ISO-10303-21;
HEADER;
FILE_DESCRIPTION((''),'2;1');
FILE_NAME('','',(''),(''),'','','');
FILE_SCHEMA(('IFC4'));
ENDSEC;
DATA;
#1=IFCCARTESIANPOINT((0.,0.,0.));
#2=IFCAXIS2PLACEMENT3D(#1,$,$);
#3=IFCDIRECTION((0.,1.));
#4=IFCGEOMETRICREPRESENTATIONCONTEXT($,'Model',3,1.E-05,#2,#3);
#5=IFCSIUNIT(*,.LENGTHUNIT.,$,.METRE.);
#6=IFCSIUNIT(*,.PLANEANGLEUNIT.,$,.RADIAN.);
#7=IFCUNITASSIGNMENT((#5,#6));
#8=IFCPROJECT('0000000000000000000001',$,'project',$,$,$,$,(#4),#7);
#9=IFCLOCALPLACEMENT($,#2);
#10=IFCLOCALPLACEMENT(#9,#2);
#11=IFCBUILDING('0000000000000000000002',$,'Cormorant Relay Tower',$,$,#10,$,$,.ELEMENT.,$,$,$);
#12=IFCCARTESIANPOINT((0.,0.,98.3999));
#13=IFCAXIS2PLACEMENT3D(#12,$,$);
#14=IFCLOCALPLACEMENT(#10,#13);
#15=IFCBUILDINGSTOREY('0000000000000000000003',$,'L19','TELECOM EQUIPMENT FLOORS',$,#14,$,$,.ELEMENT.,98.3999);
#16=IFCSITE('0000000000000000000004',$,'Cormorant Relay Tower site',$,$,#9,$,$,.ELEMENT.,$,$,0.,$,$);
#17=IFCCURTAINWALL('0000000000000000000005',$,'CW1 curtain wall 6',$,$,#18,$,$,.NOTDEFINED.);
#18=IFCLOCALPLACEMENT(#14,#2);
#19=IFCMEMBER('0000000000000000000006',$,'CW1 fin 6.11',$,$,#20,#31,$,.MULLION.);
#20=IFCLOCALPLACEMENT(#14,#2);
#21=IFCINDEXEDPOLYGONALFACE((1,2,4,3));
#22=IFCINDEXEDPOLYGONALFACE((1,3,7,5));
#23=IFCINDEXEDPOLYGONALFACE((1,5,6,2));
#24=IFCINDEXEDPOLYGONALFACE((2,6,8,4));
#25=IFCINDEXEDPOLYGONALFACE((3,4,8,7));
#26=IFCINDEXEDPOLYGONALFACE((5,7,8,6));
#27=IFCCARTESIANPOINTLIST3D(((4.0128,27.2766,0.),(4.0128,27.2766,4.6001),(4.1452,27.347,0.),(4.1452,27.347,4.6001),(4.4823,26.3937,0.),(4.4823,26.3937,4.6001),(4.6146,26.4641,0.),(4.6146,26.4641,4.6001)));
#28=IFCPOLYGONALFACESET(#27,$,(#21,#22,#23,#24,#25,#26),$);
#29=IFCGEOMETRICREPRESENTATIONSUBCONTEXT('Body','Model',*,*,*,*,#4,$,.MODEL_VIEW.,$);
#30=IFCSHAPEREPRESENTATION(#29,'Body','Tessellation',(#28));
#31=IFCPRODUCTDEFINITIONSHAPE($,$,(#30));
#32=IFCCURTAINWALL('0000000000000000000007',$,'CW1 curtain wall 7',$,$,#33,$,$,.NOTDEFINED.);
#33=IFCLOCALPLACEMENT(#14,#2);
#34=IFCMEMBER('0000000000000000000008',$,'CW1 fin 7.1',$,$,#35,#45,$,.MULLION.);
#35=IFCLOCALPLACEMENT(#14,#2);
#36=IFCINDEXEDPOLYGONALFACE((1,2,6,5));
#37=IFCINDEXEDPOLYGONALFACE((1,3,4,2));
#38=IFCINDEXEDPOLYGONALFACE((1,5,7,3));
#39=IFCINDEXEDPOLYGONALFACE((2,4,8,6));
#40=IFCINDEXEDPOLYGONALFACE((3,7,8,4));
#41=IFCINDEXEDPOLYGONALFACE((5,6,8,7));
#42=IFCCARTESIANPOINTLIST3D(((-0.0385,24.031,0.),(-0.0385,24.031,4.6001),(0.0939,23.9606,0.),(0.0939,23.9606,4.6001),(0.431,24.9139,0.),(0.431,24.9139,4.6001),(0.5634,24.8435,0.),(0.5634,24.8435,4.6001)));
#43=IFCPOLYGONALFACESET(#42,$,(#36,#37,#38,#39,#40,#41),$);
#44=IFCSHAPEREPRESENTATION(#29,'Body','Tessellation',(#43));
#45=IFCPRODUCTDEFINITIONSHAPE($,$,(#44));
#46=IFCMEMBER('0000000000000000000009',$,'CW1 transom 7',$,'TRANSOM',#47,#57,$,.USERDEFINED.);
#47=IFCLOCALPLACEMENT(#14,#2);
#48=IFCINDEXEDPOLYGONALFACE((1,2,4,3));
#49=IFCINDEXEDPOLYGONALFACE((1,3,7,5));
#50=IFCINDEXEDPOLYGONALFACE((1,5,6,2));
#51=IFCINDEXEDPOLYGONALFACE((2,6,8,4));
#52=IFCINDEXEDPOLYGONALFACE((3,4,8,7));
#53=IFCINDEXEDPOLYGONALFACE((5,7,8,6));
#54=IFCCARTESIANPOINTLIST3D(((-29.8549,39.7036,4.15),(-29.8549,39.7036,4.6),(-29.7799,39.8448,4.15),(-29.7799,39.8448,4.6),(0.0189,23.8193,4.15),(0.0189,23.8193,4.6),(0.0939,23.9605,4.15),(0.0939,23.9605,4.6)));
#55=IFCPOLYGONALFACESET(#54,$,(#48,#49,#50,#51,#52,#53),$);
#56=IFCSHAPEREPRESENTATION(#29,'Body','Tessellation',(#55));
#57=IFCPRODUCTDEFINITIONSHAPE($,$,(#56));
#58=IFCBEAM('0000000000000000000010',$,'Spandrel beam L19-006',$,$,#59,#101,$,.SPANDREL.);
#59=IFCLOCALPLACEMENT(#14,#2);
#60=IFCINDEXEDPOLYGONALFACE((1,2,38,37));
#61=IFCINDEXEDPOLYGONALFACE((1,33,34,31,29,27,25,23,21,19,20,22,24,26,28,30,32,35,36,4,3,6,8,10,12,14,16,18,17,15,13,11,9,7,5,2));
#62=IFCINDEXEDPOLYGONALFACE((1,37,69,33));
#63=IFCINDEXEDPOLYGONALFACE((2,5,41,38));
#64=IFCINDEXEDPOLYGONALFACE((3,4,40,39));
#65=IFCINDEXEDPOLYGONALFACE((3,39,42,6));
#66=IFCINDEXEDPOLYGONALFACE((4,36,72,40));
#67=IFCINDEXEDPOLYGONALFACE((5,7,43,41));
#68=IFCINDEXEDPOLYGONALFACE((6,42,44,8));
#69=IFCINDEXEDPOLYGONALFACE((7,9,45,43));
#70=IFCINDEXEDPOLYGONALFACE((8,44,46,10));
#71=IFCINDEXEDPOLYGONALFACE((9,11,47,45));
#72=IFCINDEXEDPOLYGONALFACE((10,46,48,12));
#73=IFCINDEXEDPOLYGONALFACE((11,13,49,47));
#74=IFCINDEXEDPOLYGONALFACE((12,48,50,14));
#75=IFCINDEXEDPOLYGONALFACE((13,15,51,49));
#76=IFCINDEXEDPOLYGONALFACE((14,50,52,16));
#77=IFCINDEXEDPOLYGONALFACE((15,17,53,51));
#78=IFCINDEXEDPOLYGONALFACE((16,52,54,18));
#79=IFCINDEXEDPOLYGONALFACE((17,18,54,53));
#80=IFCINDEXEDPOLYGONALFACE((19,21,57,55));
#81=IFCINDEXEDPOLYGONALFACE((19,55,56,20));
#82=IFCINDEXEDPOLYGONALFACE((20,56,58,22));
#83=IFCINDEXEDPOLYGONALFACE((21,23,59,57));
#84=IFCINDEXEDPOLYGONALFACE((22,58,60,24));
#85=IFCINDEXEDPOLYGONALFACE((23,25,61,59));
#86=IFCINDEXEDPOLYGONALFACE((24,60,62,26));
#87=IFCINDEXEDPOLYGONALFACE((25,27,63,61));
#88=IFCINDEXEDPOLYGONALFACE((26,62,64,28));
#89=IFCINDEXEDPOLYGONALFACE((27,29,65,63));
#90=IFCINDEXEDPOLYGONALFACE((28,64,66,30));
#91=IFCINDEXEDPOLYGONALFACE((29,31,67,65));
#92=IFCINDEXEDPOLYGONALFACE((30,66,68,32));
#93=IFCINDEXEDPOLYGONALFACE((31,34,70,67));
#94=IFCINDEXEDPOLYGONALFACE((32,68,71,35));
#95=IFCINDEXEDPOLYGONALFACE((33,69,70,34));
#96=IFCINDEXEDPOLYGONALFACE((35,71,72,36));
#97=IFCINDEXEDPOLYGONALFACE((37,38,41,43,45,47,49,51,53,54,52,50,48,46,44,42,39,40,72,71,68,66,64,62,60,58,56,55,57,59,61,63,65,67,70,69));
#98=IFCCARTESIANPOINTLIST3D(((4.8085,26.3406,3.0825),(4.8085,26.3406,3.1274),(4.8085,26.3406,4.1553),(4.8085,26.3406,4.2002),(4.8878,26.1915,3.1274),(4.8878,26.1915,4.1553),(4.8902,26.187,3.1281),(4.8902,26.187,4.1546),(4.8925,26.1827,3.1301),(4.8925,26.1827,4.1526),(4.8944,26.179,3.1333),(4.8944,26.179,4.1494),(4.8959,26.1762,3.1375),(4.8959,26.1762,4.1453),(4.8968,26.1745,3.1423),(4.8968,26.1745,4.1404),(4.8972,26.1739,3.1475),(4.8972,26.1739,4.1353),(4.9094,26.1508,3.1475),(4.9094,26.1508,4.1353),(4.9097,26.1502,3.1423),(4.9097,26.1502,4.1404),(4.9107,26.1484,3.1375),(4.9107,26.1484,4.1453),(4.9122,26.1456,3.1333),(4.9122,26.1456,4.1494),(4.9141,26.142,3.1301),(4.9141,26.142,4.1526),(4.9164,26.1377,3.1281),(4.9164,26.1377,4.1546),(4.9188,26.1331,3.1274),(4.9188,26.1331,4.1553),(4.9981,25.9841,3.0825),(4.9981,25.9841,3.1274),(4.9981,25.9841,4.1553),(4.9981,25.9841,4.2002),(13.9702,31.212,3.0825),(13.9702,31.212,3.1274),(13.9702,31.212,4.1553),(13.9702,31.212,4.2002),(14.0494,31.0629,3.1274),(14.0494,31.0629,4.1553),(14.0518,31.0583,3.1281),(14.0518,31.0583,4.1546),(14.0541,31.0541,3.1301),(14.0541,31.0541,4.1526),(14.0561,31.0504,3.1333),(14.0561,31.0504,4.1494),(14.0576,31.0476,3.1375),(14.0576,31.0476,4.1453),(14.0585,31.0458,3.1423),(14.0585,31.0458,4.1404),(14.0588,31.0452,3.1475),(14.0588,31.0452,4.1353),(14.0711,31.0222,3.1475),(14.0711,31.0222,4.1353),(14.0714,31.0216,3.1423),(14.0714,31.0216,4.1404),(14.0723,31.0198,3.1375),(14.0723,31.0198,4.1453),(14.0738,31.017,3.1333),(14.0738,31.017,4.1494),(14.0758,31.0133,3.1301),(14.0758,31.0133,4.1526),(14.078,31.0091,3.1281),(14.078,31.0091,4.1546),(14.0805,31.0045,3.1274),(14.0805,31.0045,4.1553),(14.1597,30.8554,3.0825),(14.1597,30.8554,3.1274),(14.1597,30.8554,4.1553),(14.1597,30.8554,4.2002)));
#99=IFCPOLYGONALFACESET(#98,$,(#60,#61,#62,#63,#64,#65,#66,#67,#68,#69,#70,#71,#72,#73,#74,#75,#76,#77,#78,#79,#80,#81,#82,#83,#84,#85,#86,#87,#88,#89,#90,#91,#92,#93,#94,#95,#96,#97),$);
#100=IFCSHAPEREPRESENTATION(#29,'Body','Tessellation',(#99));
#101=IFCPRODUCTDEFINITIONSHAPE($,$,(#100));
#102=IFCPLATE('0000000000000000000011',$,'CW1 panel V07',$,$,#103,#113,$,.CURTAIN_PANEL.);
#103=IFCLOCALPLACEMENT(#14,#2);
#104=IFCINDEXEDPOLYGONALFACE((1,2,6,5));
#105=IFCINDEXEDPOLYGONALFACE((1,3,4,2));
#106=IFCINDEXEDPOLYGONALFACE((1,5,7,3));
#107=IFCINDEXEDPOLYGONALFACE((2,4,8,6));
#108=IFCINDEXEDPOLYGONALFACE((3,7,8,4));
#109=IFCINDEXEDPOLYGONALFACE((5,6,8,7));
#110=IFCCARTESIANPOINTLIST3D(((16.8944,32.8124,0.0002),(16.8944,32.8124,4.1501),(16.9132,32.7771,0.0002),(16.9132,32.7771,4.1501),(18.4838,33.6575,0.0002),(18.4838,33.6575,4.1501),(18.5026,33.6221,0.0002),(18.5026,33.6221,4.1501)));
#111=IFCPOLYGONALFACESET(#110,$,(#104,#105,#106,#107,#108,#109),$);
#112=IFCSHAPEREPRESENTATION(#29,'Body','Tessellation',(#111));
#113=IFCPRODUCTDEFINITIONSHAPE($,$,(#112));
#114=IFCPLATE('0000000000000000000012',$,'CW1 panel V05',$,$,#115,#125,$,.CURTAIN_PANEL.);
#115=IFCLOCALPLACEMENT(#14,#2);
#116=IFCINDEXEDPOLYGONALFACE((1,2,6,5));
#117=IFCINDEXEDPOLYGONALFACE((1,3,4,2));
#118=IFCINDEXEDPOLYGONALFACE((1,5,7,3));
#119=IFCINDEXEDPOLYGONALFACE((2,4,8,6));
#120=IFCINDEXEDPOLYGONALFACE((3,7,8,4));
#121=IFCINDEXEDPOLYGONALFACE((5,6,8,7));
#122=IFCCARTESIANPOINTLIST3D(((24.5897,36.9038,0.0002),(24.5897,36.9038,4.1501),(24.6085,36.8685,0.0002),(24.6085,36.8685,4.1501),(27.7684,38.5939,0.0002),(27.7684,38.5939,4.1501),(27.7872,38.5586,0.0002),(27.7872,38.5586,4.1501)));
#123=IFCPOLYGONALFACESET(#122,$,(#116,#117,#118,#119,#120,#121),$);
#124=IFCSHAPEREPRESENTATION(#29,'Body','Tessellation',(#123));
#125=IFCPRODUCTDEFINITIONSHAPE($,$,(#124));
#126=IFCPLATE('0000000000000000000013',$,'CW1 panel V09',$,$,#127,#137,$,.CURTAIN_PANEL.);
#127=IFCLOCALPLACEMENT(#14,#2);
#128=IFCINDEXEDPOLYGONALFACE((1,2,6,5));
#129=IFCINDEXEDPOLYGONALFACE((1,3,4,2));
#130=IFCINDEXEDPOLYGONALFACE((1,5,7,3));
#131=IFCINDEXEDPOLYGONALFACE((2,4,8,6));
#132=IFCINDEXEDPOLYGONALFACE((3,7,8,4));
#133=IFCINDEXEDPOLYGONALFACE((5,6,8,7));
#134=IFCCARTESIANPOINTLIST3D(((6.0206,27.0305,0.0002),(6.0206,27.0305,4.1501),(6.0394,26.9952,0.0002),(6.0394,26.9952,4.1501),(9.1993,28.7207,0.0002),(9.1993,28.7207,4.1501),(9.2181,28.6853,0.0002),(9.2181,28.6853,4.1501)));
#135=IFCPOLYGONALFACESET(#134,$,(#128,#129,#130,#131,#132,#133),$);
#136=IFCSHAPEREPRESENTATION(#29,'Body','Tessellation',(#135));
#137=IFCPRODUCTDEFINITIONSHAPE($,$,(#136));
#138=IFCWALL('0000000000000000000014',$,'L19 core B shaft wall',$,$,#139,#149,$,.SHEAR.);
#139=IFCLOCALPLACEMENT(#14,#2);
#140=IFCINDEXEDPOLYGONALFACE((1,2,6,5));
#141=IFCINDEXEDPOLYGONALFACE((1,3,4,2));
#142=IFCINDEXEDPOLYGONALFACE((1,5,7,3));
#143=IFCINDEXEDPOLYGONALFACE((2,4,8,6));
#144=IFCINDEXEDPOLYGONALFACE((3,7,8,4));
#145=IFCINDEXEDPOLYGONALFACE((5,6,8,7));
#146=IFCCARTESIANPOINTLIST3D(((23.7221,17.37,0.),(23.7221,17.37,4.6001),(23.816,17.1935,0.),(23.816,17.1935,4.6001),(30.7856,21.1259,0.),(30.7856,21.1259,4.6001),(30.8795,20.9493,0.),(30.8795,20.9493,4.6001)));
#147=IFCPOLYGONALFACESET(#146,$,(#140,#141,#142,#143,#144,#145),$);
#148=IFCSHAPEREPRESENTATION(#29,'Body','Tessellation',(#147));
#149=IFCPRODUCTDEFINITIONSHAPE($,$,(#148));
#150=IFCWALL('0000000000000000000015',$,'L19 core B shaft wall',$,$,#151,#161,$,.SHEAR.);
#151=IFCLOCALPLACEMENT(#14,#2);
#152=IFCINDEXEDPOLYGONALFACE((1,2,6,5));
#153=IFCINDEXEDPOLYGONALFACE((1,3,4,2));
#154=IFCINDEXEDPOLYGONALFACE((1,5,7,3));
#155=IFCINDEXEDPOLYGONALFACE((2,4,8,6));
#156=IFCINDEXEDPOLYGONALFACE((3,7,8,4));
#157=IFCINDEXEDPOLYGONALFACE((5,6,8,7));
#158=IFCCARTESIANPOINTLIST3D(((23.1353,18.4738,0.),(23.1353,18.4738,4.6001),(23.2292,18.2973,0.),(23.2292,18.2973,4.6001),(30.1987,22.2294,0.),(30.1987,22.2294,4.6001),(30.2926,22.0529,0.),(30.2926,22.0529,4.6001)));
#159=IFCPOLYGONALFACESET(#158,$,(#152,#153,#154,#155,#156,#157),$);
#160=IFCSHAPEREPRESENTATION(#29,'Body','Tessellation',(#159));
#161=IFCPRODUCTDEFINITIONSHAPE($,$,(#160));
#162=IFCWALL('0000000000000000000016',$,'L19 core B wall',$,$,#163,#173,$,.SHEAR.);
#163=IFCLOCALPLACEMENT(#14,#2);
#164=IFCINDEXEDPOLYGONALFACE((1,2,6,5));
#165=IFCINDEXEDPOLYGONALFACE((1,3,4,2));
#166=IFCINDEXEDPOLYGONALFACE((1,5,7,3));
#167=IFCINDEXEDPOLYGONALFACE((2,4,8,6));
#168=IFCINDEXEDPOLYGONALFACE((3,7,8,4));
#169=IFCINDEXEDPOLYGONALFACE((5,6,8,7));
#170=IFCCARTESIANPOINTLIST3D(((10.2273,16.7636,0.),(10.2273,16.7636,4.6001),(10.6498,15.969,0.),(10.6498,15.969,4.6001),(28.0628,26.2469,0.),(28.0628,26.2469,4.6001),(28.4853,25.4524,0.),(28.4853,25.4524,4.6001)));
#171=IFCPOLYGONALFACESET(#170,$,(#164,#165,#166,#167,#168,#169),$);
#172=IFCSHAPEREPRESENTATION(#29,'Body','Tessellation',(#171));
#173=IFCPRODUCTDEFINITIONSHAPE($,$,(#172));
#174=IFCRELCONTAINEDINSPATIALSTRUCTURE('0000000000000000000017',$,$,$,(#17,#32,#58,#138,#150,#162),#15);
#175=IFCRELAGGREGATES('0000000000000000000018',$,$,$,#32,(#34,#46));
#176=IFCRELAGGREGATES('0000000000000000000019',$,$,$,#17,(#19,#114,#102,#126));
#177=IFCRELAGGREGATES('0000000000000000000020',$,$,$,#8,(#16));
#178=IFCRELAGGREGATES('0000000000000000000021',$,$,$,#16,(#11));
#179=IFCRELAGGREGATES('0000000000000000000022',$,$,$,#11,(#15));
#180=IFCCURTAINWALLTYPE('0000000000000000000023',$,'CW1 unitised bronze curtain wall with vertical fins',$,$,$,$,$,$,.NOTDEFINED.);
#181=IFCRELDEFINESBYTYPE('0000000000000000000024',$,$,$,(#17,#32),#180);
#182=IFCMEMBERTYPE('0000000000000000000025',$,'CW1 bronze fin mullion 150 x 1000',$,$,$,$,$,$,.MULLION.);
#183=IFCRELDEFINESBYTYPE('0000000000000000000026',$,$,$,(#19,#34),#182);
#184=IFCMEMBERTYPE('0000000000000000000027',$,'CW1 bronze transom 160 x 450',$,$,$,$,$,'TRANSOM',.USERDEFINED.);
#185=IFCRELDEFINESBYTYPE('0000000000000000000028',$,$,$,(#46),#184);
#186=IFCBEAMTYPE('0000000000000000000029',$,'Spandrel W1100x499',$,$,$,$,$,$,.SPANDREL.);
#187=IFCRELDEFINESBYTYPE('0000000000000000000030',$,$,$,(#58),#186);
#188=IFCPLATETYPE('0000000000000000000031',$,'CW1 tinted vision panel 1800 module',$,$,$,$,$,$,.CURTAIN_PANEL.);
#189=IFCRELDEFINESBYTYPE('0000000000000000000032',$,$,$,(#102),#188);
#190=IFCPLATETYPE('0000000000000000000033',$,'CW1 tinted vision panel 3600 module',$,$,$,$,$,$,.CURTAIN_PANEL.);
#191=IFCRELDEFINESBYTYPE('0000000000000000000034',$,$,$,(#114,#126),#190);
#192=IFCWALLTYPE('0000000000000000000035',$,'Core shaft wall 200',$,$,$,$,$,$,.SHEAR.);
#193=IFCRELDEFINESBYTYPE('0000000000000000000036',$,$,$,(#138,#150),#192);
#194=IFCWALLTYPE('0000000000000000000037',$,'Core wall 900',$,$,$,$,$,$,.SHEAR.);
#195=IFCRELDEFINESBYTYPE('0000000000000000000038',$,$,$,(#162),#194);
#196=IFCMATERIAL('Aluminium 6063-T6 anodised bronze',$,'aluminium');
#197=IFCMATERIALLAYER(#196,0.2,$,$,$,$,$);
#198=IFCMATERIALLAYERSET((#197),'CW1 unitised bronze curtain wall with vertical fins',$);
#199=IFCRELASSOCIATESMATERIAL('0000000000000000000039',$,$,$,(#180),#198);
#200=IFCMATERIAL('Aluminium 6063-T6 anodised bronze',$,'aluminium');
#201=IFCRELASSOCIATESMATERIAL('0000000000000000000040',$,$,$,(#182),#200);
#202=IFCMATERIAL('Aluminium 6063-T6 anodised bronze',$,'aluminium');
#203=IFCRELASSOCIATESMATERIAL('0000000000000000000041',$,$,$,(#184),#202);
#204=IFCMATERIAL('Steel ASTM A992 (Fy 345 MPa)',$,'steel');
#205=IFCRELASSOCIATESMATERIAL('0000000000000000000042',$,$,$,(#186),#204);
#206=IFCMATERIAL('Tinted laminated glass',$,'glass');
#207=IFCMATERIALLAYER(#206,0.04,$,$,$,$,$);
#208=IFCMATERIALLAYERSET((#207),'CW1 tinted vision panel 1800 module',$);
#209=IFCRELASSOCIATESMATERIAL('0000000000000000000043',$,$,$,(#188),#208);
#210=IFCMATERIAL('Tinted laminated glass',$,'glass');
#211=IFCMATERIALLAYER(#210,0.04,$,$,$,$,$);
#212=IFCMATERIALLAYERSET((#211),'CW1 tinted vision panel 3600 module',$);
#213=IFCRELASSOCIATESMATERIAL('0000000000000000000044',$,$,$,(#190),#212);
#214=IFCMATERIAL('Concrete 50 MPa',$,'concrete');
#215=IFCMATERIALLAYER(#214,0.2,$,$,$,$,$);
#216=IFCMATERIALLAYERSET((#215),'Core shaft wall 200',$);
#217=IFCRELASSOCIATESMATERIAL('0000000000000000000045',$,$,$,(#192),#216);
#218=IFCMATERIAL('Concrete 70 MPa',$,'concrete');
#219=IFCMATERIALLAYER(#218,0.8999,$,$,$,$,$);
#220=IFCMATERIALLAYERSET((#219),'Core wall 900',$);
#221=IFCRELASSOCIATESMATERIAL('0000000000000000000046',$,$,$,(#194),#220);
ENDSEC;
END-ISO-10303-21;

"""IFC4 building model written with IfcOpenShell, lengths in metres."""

from ifc_helpers import new_model, si_unit, direction, frame, frame_2d, origin, origin_2d, place, context, subcontext, project, spatial, rectangle, i_section, extrude, material, layer, layer_set, material_profile, profile_set, type_object, element, aggregate, save


model = new_model("IFC4")

# Units and contexts
model_context = context("Model", 3, precision=1e-05, world=origin(), true_north=direction((0.0, 1.0)))
body_context = subcontext(model_context, "Body", "Model", "MODEL_VIEW")
ifc_project = project(units=[si_unit("LENGTHUNIT", "METRE"), si_unit("PLANEANGLEUNIT", "RADIAN")], contexts=[model_context])

# Site, building, storey
site_placement = place(None, origin())
site = spatial("IfcSite", under=ifc_project, at=site_placement, Name="Cormorant Relay Tower site", CompositionType="ELEMENT", RefElevation=0.0)
building_placement = place(site_placement, origin())
building = spatial("IfcBuilding", under=site, at=building_placement, Name="Cormorant Relay Tower", CompositionType="ELEMENT")
storey_placement = place(building_placement, frame((0.0, 0.0, 98.3999)))
storey = spatial("IfcBuildingStorey", under=building, at=storey_placement, Name="L19", Description="TELECOM EQUIPMENT FLOORS", CompositionType="ELEMENT", Elevation=98.3999)

# Curtain walls, members
ifc_material_1 = material(Name="Aluminium 6063-T6 anodised bronze", Category="aluminium")
ifc_layer_1 = layer(ifc_material_1, 0.2)
ifc_layer_set_1 = layer_set([ifc_layer_1], Name="CW1 unitised bronze curtain wall with vertical fins")
curtain_wall_type = type_object("IfcCurtainWallType", Name="CW1 unitised bronze curtain wall with vertical fins", PredefinedType="NOTDEFINED", material=ifc_layer_set_1)
curtain_wall_1_placement = place(storey_placement, origin())
curtain_wall_1 = element("IfcCurtainWall", 1, at=curtain_wall_1_placement, inside=storey, type_object=curtain_wall_type, Name="CW1 curtain wall 6", PredefinedType="NOTDEFINED")
ifc_material_2 = material(Name="Aluminium 6063-T6 anodised bronze", Category="aluminium")
ifc_material_profile_1 = material_profile(ifc_material_2, rectangle(XDim=0.1499, YDim=1.0, at=origin_2d()), Name="AL 150x1000")
ifc_profile_set_1 = profile_set([ifc_material_profile_1], Name="Aluminium 6063-T6 anodised bronze")
member_type_1 = type_object("IfcMemberType", Name="CW1 bronze fin mullion 150 x 1000", PredefinedType="MULLION", material=ifc_profile_set_1)
member_1_placement = place(storey_placement, frame((4.3137, 26.8704, 0.0), z_axis=(0.0, 0.0, 1.0), x_axis=(-0.882948, -0.469472, 0.0)))
member_1 = element("IfcMember", 2, at=member_1_placement, type_object=member_type_1, Name="CW1 fin 6.11", PredefinedType="MULLION", context=body_context, shape_type="SweptSolid", body=[
    extrude(rectangle(XDim=0.1499, YDim=1.0, at=origin_2d()), origin(), (0.0, 0.0, 1.0), 4.6001),
])
curtain_wall_2_placement = place(storey_placement, origin())
curtain_wall_2 = element("IfcCurtainWall", 3, at=curtain_wall_2_placement, inside=storey, type_object=curtain_wall_type, Name="CW1 curtain wall 7", PredefinedType="NOTDEFINED")
member_2_placement = place(storey_placement, frame((0.2625, 24.4373, 0.0), z_axis=(0.0, 0.0, 1.0), x_axis=(-0.882948, 0.469472, 0.0)))
member_2 = element("IfcMember", 4, at=member_2_placement, type_object=member_type_1, Name="CW1 fin 7.1", PredefinedType="MULLION", context=body_context, shape_type="SweptSolid", body=[
    extrude(rectangle(XDim=0.1499, YDim=1.0, at=origin_2d()), origin(), (0.0, 0.0, 1.0), 4.6001),
])
ifc_material_3 = material(Name="Aluminium 6063-T6 anodised bronze", Category="aluminium")
ifc_material_profile_2 = material_profile(ifc_material_3, rectangle(XDim=0.1599, YDim=0.45, at=origin_2d()), Name="AL 160x450")
ifc_profile_set_2 = profile_set([ifc_material_profile_2], Name="Aluminium 6063-T6 anodised bronze")
member_type_2 = type_object("IfcMemberType", Name="CW1 bronze transom 160 x 450", ElementType="TRANSOM", PredefinedType="USERDEFINED", material=ifc_profile_set_2)
member_3_placement = place(storey_placement, frame((0.0564, 23.8899, 4.375), z_axis=(-0.882946, 0.469474, 0.0), x_axis=(-0.469474, -0.882946, 0.0)))
member_3 = element("IfcMember", 5, at=member_3_placement, type_object=member_type_2, Name="CW1 transom 7", ObjectType="TRANSOM", PredefinedType="USERDEFINED", context=body_context, shape_type="SweptSolid", body=[
    extrude(rectangle(XDim=0.1599, YDim=0.45, at=origin_2d()), origin(), (0.0, 0.0, 1.0), 33.8342),
])
aggregate(curtain_wall_2, [member_2, member_3])

# Beam
ifc_material_4 = material(Name="Steel ASTM A992 (Fy 345 MPa)", Category="steel")
ifc_material_profile_3 = material_profile(ifc_material_4, i_section(OverallWidth=0.4038, OverallDepth=1.1177, WebThickness=0.0261, FlangeThickness=0.0449, FilletRadius=0.02, at=origin_2d()), Name="W1100x499")
ifc_profile_set_3 = profile_set([ifc_material_profile_3], Name="Steel ASTM A992 (Fy 345 MPa)")
beam_type = type_object("IfcBeamType", Name="Spandrel W1100x499", PredefinedType="SPANDREL", material=ifc_profile_set_3)
beam_placement = place(storey_placement, frame((14.0649, 31.0337, 3.6414), z_axis=(-0.882947, -0.469473, 0.0), x_axis=(0.469473, -0.882947, 0.0)))
element("IfcBeam", 6, at=beam_placement, inside=storey, type_object=beam_type, Name="Spandrel beam L19-006", PredefinedType="SPANDREL", context=body_context, shape_type="SweptSolid", body=[
    extrude(i_section(OverallWidth=0.4038, OverallDepth=1.1177, WebThickness=0.0261, FlangeThickness=0.0449, FilletRadius=0.02, at=origin_2d()), origin(), (0.0, 0.0, 1.0), 10.3762),
])

# Plates
ifc_material_5 = material(Name="Tinted laminated glass", Category="glass")
ifc_layer_2 = layer(ifc_material_5, 0.04)
ifc_layer_set_2 = layer_set([ifc_layer_2], Name="CW1 tinted vision panel 1800 module")
plate_type_1 = type_object("IfcPlateType", Name="CW1 tinted vision panel 1800 module", PredefinedType="CURTAIN_PANEL", material=ifc_layer_set_2)
plate_1_placement = place(storey_placement, frame((17.6985, 33.2173, 0.0002), z_axis=(0.0, 0.0, 1.0), x_axis=(-0.882948, -0.469472, 0.0)))
plate_1 = element("IfcPlate", 7, at=plate_1_placement, type_object=plate_type_1, Name="CW1 panel V07", PredefinedType="CURTAIN_PANEL", context=body_context, shape_type="SweptSolid", body=[
    extrude(rectangle(XDim=1.8, YDim=0.04, at=origin_2d()), origin(), (0.0, 0.0, 1.0), 4.1499),
])
ifc_material_6 = material(Name="Tinted laminated glass", Category="glass")
ifc_layer_3 = layer(ifc_material_6, 0.04)
ifc_layer_set_3 = layer_set([ifc_layer_3], Name="CW1 tinted vision panel 3600 module")
plate_type_2 = type_object("IfcPlateType", Name="CW1 tinted vision panel 3600 module", PredefinedType="CURTAIN_PANEL", material=ifc_layer_set_3)
plate_2_placement = place(storey_placement, frame((26.1885, 37.7312, 0.0002), z_axis=(0.0, 0.0, 1.0), x_axis=(-0.882948, -0.469472, 0.0)))
plate_2 = element("IfcPlate", 8, at=plate_2_placement, type_object=plate_type_2, Name="CW1 panel V05", PredefinedType="CURTAIN_PANEL", context=body_context, shape_type="SweptSolid", body=[
    extrude(rectangle(XDim=3.6001, YDim=0.04, at=origin_2d()), origin(), (0.0, 0.0, 1.0), 4.1499),
])
plate_3_placement = place(storey_placement, frame((7.6194, 27.8579, 0.0002), z_axis=(0.0, 0.0, 1.0), x_axis=(-0.882948, -0.469472, 0.0)))
plate_3 = element("IfcPlate", 9, at=plate_3_placement, type_object=plate_type_2, Name="CW1 panel V09", PredefinedType="CURTAIN_PANEL", context=body_context, shape_type="SweptSolid", body=[
    extrude(rectangle(XDim=3.6001, YDim=0.04, at=origin_2d()), origin(), (0.0, 0.0, 1.0), 4.1499),
])

# Walls
ifc_material_7 = material(Name="Concrete 50 MPa", Category="concrete")
ifc_layer_4 = layer(ifc_material_7, 0.2)
ifc_layer_set_4 = layer_set([ifc_layer_4], Name="Core shaft wall 200")
wall_type_1 = type_object("IfcWallType", Name="Core shaft wall 200", PredefinedType="SHEAR", material=ifc_layer_set_4)
wall_1_placement = place(storey_placement, frame((23.769, 17.2817, 0.0), z_axis=(0.0, 0.0, 1.0), x_axis=(0.88294, 0.469485, 0.0)))
element("IfcWall", 10, at=wall_1_placement, inside=storey, type_object=wall_type_1, Name="L19 core B shaft wall", PredefinedType="SHEAR", context=body_context, shape_type="SweptSolid", body=[
    extrude(rectangle(XDim=8.0, YDim=0.2, at=frame_2d((4.0, 0.0))), origin(), (0.0, 0.0, 1.0), 4.6001),
])
wall_2_placement = place(storey_placement, frame((23.1821, 18.3855, 0.0), z_axis=(0.0, 0.0, 1.0), x_axis=(0.882953, 0.469462, 0.0)))
element("IfcWall", 11, at=wall_2_placement, inside=storey, type_object=wall_type_1, Name="L19 core B shaft wall", PredefinedType="SHEAR", context=body_context, shape_type="SweptSolid", body=[
    extrude(rectangle(XDim=7.9998, YDim=0.2, at=frame_2d((4.0, 0.0))), origin(), (0.0, 0.0, 1.0), 4.6001),
])
ifc_material_8 = material(Name="Concrete 70 MPa", Category="concrete")
ifc_layer_5 = layer(ifc_material_8, 0.8999)
ifc_layer_set_5 = layer_set([ifc_layer_5], Name="Core wall 900")
wall_type_2 = type_object("IfcWallType", Name="Core wall 900", PredefinedType="SHEAR", material=ifc_layer_set_5)
wall_3_placement = place(storey_placement, frame((10.4385, 16.3662, 0.0), z_axis=(0.0, 0.0, 1.0), x_axis=(0.882945, 0.469476, 0.0)))
element("IfcWall", 12, at=wall_3_placement, inside=storey, type_object=wall_type_2, Name="L19 core B wall", PredefinedType="SHEAR", context=body_context, shape_type="SweptSolid", body=[
    extrude(rectangle(XDim=20.2, YDim=0.8999, at=frame_2d((10.1001, 0.0))), origin(), (0.0, 0.0, 1.0), 4.6001),
])

aggregate(curtain_wall_1, [member_1, plate_2, plate_1, plate_3])

save(model, "model.ifc")
